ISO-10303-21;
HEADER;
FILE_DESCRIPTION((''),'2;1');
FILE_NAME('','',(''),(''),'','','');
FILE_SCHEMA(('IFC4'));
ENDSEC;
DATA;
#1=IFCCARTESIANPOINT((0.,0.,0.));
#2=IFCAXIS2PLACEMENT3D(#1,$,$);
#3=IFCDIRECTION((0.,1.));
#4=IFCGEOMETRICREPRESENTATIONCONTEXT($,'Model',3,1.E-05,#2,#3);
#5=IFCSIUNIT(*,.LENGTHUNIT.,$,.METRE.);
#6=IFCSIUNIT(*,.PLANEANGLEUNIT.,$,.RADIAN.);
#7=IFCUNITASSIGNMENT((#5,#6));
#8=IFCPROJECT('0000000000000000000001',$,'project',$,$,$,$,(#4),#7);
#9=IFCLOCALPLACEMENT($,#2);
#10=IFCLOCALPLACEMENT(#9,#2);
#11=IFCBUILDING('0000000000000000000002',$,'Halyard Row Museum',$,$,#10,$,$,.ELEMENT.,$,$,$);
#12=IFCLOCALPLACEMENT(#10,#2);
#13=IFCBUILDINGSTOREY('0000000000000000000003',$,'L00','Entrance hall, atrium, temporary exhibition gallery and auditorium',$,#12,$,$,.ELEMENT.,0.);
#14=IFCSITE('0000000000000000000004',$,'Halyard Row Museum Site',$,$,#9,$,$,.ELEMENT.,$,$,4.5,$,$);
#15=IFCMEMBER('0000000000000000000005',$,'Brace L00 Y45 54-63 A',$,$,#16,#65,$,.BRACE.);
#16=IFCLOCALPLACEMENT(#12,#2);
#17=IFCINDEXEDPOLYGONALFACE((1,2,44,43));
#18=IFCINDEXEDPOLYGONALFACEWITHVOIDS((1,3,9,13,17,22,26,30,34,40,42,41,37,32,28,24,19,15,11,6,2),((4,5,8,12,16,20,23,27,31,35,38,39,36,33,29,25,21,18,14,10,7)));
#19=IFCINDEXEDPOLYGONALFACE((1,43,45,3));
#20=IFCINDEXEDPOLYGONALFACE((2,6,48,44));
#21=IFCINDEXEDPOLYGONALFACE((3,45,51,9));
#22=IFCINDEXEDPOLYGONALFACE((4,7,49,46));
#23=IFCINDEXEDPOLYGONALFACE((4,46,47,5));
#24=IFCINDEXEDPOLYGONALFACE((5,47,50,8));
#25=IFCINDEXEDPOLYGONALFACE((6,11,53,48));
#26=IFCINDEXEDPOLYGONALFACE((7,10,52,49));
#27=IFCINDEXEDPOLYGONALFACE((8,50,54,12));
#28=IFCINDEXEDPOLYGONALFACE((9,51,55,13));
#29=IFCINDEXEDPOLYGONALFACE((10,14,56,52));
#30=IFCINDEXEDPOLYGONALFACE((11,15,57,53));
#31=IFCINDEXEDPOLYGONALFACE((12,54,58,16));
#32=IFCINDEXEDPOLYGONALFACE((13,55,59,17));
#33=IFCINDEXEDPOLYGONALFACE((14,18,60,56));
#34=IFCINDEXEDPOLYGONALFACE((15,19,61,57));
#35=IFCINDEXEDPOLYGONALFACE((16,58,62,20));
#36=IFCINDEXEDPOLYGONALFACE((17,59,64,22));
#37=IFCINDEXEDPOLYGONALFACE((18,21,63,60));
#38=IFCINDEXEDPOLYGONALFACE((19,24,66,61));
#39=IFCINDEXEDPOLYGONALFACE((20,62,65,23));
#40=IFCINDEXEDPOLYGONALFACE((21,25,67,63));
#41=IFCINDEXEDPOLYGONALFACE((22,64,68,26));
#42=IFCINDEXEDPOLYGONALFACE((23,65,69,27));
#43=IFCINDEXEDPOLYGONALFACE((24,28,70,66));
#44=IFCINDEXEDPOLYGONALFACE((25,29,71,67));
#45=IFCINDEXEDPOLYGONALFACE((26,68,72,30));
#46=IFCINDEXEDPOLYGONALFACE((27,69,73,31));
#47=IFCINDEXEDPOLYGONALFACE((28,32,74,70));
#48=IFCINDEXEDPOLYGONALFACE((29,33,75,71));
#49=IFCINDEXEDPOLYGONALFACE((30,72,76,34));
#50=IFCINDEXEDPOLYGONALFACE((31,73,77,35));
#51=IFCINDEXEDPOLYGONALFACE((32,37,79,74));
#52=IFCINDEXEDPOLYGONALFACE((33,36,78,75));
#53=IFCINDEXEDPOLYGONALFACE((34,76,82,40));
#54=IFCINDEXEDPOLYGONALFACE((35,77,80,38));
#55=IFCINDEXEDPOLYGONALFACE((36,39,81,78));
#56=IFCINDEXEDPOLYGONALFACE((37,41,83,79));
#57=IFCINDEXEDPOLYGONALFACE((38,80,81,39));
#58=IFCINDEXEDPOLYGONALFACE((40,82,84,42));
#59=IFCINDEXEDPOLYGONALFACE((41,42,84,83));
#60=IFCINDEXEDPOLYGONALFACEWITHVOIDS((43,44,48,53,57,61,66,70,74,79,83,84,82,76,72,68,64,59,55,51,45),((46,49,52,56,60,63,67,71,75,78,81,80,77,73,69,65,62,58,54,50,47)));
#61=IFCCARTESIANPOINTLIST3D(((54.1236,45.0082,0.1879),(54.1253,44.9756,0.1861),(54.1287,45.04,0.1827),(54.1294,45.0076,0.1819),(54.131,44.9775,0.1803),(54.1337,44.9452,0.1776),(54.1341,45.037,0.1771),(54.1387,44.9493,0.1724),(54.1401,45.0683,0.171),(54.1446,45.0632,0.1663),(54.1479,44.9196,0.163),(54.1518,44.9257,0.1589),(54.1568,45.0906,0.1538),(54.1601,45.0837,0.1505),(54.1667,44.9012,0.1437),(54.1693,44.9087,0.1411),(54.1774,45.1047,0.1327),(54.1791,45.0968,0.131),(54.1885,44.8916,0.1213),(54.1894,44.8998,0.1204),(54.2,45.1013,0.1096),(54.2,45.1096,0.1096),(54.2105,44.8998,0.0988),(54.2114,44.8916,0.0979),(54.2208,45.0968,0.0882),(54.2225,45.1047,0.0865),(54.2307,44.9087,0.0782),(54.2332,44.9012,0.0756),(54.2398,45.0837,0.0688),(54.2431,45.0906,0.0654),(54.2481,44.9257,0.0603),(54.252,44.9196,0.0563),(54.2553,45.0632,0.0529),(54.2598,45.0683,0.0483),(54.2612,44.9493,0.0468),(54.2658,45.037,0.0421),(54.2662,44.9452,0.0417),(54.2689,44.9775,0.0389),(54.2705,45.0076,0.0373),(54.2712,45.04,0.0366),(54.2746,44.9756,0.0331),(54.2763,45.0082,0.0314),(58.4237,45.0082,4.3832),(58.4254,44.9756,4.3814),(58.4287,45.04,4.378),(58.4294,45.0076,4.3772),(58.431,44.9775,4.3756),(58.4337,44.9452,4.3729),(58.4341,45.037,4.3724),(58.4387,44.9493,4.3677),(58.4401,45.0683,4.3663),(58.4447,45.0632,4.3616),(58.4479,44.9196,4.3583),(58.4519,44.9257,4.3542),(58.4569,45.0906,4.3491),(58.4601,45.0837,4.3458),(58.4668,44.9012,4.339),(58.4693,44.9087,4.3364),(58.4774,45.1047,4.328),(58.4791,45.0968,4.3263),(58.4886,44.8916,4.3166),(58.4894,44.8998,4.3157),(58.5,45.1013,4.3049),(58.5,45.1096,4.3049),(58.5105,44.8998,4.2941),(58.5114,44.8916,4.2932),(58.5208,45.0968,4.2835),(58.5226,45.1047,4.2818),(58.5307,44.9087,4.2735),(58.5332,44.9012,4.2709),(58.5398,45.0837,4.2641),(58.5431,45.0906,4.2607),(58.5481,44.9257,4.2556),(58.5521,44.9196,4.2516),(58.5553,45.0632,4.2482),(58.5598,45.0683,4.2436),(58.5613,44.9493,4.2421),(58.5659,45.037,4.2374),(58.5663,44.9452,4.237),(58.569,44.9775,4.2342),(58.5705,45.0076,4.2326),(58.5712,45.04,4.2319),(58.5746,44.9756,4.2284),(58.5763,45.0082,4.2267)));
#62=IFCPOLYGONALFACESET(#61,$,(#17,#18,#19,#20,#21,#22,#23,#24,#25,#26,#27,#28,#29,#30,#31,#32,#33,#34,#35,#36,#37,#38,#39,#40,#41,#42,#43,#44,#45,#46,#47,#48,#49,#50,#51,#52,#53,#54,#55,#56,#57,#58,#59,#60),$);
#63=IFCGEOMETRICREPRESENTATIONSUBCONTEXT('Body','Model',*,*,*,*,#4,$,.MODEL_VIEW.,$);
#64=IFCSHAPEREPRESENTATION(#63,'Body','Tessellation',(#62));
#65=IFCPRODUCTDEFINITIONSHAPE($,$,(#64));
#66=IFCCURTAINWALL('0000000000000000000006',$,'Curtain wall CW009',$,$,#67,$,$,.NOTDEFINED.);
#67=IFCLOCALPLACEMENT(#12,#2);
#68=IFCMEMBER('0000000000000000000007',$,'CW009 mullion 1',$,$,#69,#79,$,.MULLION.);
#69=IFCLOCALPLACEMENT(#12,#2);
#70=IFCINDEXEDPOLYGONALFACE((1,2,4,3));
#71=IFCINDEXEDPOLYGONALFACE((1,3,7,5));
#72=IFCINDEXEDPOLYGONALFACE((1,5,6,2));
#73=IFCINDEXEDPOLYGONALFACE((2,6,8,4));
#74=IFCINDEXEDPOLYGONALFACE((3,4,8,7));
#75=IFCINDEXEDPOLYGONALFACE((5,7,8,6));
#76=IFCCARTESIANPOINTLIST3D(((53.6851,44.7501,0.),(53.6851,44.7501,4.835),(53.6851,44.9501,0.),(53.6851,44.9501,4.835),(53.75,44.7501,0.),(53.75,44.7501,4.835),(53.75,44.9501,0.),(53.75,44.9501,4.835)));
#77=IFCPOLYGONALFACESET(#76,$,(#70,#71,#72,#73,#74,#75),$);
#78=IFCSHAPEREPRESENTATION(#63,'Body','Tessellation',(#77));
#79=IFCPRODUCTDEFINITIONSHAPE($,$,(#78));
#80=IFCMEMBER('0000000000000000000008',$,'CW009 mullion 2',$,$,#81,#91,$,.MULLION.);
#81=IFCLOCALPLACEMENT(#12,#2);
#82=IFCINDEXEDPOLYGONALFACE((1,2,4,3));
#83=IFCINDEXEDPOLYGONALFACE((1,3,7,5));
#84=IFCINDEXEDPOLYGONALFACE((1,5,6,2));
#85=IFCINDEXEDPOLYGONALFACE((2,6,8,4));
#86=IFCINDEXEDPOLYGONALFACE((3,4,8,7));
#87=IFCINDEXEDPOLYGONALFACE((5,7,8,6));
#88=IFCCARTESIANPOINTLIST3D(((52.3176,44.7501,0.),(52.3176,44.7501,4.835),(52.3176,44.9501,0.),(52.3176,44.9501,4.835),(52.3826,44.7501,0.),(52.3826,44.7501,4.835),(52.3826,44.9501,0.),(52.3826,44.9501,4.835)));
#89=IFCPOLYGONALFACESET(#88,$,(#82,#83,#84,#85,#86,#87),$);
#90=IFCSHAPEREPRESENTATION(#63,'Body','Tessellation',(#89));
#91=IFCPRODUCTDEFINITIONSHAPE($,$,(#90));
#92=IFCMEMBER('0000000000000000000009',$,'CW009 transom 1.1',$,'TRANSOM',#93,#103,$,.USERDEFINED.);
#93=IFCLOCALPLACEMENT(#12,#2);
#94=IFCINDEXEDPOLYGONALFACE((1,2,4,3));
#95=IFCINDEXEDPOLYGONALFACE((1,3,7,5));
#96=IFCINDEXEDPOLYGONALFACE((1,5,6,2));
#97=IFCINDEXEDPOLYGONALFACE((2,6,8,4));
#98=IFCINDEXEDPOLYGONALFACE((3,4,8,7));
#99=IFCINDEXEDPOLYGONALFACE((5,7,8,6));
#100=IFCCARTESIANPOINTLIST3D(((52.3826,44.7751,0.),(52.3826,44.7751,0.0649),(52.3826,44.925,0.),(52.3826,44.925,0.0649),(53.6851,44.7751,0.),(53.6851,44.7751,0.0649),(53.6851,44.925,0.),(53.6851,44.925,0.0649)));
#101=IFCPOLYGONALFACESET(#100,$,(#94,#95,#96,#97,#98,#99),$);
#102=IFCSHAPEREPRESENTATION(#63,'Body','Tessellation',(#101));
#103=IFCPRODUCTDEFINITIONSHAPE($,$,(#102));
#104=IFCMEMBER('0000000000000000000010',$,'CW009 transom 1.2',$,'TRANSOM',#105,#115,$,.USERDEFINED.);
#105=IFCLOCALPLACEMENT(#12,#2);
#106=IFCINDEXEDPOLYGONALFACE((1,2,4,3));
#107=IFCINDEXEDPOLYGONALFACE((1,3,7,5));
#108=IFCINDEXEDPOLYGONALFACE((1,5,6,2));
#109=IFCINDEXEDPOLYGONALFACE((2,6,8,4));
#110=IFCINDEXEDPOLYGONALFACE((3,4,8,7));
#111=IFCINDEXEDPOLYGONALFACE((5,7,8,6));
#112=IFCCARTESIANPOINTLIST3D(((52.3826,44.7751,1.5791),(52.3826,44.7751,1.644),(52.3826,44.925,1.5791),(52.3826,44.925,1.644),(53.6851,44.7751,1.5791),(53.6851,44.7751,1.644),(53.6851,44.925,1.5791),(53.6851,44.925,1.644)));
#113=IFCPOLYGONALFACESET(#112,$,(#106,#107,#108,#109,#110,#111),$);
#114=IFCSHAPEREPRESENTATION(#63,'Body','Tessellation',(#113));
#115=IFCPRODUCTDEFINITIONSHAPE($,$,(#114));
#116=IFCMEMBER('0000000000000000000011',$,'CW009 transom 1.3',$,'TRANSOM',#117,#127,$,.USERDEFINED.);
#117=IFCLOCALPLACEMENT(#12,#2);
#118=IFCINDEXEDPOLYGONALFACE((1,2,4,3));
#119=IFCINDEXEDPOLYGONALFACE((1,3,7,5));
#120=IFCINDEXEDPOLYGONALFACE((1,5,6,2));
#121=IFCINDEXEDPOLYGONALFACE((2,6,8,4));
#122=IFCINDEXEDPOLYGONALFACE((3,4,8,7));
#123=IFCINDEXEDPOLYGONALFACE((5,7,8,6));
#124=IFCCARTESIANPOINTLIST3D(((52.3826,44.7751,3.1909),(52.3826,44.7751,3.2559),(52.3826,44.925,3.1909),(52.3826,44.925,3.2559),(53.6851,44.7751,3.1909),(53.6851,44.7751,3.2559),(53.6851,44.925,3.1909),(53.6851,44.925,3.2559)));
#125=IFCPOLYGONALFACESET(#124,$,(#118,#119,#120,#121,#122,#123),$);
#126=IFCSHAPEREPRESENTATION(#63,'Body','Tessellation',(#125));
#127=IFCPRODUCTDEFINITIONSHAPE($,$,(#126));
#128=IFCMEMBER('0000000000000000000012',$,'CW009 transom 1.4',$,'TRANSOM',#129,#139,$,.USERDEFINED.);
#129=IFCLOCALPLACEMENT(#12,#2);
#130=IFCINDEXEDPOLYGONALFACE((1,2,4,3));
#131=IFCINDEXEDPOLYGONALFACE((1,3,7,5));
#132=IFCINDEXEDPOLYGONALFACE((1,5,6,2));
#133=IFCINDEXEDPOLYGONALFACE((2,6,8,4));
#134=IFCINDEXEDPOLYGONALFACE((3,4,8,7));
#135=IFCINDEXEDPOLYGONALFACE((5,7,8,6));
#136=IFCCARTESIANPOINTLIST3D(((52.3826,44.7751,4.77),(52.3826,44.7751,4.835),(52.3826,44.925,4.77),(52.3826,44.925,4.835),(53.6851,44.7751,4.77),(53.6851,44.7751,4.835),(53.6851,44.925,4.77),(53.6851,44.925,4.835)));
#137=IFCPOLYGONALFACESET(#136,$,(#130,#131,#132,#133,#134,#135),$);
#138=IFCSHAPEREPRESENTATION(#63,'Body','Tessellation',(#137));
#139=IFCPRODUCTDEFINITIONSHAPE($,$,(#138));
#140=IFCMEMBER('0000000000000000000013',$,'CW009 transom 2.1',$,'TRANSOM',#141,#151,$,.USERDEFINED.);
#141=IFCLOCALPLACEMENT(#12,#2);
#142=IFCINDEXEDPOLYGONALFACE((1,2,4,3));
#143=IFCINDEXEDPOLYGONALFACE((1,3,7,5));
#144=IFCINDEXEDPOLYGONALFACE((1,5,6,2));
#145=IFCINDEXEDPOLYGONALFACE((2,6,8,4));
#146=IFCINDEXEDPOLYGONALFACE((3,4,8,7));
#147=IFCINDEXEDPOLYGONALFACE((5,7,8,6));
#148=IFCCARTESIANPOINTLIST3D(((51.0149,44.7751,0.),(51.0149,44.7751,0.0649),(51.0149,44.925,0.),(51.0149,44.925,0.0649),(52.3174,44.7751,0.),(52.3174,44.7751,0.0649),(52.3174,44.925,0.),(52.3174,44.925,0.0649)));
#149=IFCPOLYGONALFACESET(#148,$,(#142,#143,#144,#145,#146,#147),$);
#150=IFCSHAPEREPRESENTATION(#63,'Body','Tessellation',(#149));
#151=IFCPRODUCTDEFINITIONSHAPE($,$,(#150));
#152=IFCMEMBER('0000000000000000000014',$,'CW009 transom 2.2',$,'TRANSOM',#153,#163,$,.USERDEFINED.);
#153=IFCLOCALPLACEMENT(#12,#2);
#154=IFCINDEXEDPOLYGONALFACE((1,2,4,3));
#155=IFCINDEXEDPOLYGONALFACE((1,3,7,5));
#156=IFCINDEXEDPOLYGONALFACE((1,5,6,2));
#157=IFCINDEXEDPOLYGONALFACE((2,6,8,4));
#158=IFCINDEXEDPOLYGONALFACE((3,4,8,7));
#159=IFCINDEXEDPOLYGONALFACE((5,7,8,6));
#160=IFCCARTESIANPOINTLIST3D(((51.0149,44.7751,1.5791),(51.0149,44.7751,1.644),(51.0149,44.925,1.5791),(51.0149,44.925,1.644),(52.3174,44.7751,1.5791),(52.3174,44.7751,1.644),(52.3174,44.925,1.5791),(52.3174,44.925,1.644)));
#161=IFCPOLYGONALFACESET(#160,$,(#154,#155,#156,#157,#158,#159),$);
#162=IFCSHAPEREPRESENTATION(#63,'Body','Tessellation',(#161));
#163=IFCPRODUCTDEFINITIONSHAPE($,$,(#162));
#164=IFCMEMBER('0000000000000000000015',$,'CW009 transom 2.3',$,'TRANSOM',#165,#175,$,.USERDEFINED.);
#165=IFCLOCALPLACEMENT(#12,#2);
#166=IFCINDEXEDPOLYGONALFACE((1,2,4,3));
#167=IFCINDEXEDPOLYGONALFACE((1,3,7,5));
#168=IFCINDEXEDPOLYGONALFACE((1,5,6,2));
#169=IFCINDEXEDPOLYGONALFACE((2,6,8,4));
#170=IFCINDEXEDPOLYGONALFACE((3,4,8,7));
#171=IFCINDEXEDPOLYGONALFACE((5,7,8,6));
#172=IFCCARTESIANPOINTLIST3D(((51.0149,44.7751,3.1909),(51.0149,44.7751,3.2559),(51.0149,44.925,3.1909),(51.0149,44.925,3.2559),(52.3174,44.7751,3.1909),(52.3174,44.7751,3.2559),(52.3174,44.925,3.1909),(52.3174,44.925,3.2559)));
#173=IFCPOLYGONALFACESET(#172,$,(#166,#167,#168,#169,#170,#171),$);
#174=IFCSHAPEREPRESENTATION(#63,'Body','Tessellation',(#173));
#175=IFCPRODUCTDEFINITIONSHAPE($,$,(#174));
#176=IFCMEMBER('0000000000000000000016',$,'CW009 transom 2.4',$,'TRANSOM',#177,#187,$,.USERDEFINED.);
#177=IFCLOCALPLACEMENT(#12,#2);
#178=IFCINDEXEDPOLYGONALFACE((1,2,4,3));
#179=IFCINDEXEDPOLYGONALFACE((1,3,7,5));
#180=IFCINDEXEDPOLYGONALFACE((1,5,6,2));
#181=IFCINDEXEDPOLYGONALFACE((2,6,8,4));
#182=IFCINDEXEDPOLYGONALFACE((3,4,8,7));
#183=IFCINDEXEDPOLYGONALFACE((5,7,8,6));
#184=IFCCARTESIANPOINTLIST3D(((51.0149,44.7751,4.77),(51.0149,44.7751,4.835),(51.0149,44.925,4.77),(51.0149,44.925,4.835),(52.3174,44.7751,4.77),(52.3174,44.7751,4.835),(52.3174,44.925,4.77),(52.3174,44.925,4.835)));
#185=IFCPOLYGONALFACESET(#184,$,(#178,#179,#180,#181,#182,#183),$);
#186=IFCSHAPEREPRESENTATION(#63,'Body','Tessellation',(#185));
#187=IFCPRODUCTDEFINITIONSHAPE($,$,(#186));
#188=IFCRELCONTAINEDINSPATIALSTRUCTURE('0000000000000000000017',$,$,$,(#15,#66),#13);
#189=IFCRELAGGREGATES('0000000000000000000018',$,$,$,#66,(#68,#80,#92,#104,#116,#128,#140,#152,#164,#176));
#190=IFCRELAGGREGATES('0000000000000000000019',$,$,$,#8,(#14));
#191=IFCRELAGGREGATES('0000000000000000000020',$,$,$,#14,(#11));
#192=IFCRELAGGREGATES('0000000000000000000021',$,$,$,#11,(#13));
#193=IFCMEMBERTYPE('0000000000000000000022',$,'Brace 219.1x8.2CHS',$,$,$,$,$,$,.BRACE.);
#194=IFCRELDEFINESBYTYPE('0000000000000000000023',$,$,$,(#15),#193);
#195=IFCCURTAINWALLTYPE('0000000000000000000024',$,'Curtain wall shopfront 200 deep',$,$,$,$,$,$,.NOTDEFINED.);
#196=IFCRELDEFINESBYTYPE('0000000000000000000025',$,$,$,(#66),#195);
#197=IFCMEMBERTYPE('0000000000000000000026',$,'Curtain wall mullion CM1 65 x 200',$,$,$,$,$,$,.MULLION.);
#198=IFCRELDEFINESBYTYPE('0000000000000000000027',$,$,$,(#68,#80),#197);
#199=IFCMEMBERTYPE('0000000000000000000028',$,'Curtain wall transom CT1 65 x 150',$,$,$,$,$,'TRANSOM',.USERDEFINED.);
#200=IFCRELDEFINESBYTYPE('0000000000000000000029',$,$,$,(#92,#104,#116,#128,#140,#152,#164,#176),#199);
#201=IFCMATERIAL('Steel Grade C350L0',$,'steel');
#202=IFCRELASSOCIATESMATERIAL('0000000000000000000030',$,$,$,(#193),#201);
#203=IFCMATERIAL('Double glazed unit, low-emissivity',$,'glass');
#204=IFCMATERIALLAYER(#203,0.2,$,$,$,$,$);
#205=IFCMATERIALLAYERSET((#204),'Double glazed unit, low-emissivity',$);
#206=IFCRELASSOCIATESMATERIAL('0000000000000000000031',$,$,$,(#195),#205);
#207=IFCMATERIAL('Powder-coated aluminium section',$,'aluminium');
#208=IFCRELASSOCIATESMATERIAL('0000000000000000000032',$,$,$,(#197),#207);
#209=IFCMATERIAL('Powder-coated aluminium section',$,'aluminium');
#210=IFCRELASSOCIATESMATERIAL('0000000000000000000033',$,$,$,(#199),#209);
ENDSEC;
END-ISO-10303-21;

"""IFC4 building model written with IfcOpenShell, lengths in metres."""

from ifc_helpers import new_model, si_unit, direction, frame, origin, origin_2d, place, context, subcontext, project, spatial, rectangle, hollow_circle, extrude, material, layer, layer_set, material_profile, profile_set, type_object, element, aggregate, save


model = new_model("IFC4")

# Units and contexts
model_context = context("Model", 3, precision=1e-05, world=origin(), true_north=direction((0.0, 1.0)))
body_context = subcontext(model_context, "Body", "Model", "MODEL_VIEW")
ifc_project = project(units=[si_unit("LENGTHUNIT", "METRE"), si_unit("PLANEANGLEUNIT", "RADIAN")], contexts=[model_context])

# Site, building, storey
site_placement = place(None, origin())
site = spatial("IfcSite", under=ifc_project, at=site_placement, Name="Halyard Row Museum Site", CompositionType="ELEMENT", RefElevation=4.5)
building_placement = place(site_placement, origin())
building = spatial("IfcBuilding", under=site, at=building_placement, Name="Halyard Row Museum", CompositionType="ELEMENT")
storey_placement = place(building_placement, origin())
storey = spatial("IfcBuildingStorey", under=building, at=storey_placement, Name="L00", Description="Entrance hall, atrium, temporary exhibition gallery and auditorium", CompositionType="ELEMENT", Elevation=0.0)

# Member
ifc_material_1 = material(Name="Steel Grade C350L0", Category="steel")
ifc_material_profile_1 = material_profile(ifc_material_1, hollow_circle(Radius=0.1096, WallThickness=0.0083, at=origin_2d()), Name="219.1x8.2CHS")
ifc_profile_set_1 = profile_set([ifc_material_profile_1], Name="Steel Grade C350L0")
member_type_1 = type_object("IfcMemberType", Name="Brace 219.1x8.2CHS", PredefinedType="BRACE", material=ifc_profile_set_1)
member_1_placement = place(storey_placement, frame((54.2, 45.0, 0.1096), z_axis=(0.71577, 0.0, 0.698336), x_axis=(0.0, 1.0, 0.0)))
element("IfcMember", 1, at=member_1_placement, inside=storey, type_object=member_type_1, Name="Brace L00 Y45 54-63 A", PredefinedType="BRACE", context=body_context, shape_type="SweptSolid", body=[
    extrude(hollow_circle(Radius=0.1096, WallThickness=0.0083, at=origin_2d()), origin(), (0.0, 0.0, 1.0), 6.0076),
])

# Curtain wall, members
ifc_material_2 = material(Name="Double glazed unit, low-emissivity", Category="glass")
ifc_layer_1 = layer(ifc_material_2, 0.2)
ifc_layer_set_1 = layer_set([ifc_layer_1], Name="Double glazed unit, low-emissivity")
curtain_wall_type = type_object("IfcCurtainWallType", Name="Curtain wall shopfront 200 deep", PredefinedType="NOTDEFINED", material=ifc_layer_set_1)
curtain_wall_placement = place(storey_placement, origin())
curtain_wall = element("IfcCurtainWall", 2, at=curtain_wall_placement, inside=storey, type_object=curtain_wall_type, Name="Curtain wall CW009", PredefinedType="NOTDEFINED")
ifc_material_3 = material(Name="Powder-coated aluminium section", Category="aluminium")
ifc_material_profile_2 = material_profile(ifc_material_3, rectangle(XDim=0.2, YDim=0.0649, at=origin_2d()), Name="200x65 mullion")
ifc_profile_set_2 = profile_set([ifc_material_profile_2], Name="Powder-coated aluminium section")
member_type_2 = type_object("IfcMemberType", Name="Curtain wall mullion CM1 65 x 200", PredefinedType="MULLION", material=ifc_profile_set_2)
member_2_placement = place(storey_placement, frame((53.7175, 44.8501, 0.0), z_axis=(0.0, 0.0, 1.0), x_axis=(0.0, -1.0, 0.0)))
member_2 = element("IfcMember", 3, at=member_2_placement, type_object=member_type_2, Name="CW009 mullion 1", PredefinedType="MULLION", context=body_context, shape_type="SweptSolid", body=[
    extrude(rectangle(XDim=0.2, YDim=0.0649, at=origin_2d()), origin(), (0.0, 0.0, 1.0), 4.835),
])
member_3_placement = place(storey_placement, frame((52.3501, 44.8501, 0.0), z_axis=(0.0, 0.0, 1.0), x_axis=(0.0, -1.0, 0.0)))
member_3 = element("IfcMember", 4, at=member_3_placement, type_object=member_type_2, Name="CW009 mullion 2", PredefinedType="MULLION", context=body_context, shape_type="SweptSolid", body=[
    extrude(rectangle(XDim=0.2, YDim=0.0649, at=origin_2d()), origin(), (0.0, 0.0, 1.0), 4.835),
])
ifc_material_4 = material(Name="Powder-coated aluminium section", Category="aluminium")
ifc_material_profile_3 = material_profile(ifc_material_4, rectangle(XDim=0.1499, YDim=0.0649, at=origin_2d()), Name="150x65 transom")
ifc_profile_set_3 = profile_set([ifc_material_profile_3], Name="Powder-coated aluminium section")
member_type_3 = type_object("IfcMemberType", Name="Curtain wall transom CT1 65 x 150", ElementType="TRANSOM", PredefinedType="USERDEFINED", material=ifc_profile_set_3)
member_4_placement = place(storey_placement, frame((53.6851, 44.8501, 0.0325), z_axis=(-1.0, 0.0, 0.0), x_axis=(0.0, -1.0, 0.0)))
member_4 = element("IfcMember", 5, at=member_4_placement, type_object=member_type_3, Name="CW009 transom 1.1", ObjectType="TRANSOM", PredefinedType="USERDEFINED", context=body_context, shape_type="SweptSolid", body=[
    extrude(rectangle(XDim=0.1499, YDim=0.0649, at=origin_2d()), origin(), (0.0, 0.0, 1.0), 1.3025),
])
member_5_placement = place(storey_placement, frame((53.6851, 44.8501, 1.6116), z_axis=(-1.0, 0.0, 0.0), x_axis=(0.0, -1.0, 0.0)))
member_5 = element("IfcMember", 6, at=member_5_placement, type_object=member_type_3, Name="CW009 transom 1.2", ObjectType="TRANSOM", PredefinedType="USERDEFINED", context=body_context, shape_type="SweptSolid", body=[
    extrude(rectangle(XDim=0.1499, YDim=0.0649, at=origin_2d()), origin(), (0.0, 0.0, 1.0), 1.3025),
])
member_6_placement = place(storey_placement, frame((53.6851, 44.8501, 3.2234), z_axis=(-1.0, 0.0, 0.0), x_axis=(0.0, -1.0, 0.0)))
member_6 = element("IfcMember", 7, at=member_6_placement, type_object=member_type_3, Name="CW009 transom 1.3", ObjectType="TRANSOM", PredefinedType="USERDEFINED", context=body_context, shape_type="SweptSolid", body=[
    extrude(rectangle(XDim=0.1499, YDim=0.0649, at=origin_2d()), origin(), (0.0, 0.0, 1.0), 1.3025),
])
member_7_placement = place(storey_placement, frame((53.6851, 44.8501, 4.8025), z_axis=(-1.0, 0.0, 0.0), x_axis=(0.0, -1.0, 0.0)))
member_7 = element("IfcMember", 8, at=member_7_placement, type_object=member_type_3, Name="CW009 transom 1.4", ObjectType="TRANSOM", PredefinedType="USERDEFINED", context=body_context, shape_type="SweptSolid", body=[
    extrude(rectangle(XDim=0.1499, YDim=0.0649, at=origin_2d()), origin(), (0.0, 0.0, 1.0), 1.3025),
])
member_8_placement = place(storey_placement, frame((52.3174, 44.8501, 0.0325), z_axis=(-1.0, 0.0, 0.0), x_axis=(0.0, -1.0, 0.0)))
member_8 = element("IfcMember", 9, at=member_8_placement, type_object=member_type_3, Name="CW009 transom 2.1", ObjectType="TRANSOM", PredefinedType="USERDEFINED", context=body_context, shape_type="SweptSolid", body=[
    extrude(rectangle(XDim=0.1499, YDim=0.0649, at=origin_2d()), origin(), (0.0, 0.0, 1.0), 1.3025),
])
member_9_placement = place(storey_placement, frame((52.3174, 44.8501, 1.6116), z_axis=(-1.0, 0.0, 0.0), x_axis=(0.0, -1.0, 0.0)))
member_9 = element("IfcMember", 10, at=member_9_placement, type_object=member_type_3, Name="CW009 transom 2.2", ObjectType="TRANSOM", PredefinedType="USERDEFINED", context=body_context, shape_type="SweptSolid", body=[
    extrude(rectangle(XDim=0.1499, YDim=0.0649, at=origin_2d()), origin(), (0.0, 0.0, 1.0), 1.3025),
])
member_10_placement = place(storey_placement, frame((52.3174, 44.8501, 3.2234), z_axis=(-1.0, 0.0, 0.0), x_axis=(0.0, -1.0, 0.0)))
member_10 = element("IfcMember", 11, at=member_10_placement, type_object=member_type_3, Name="CW009 transom 2.3", ObjectType="TRANSOM", PredefinedType="USERDEFINED", context=body_context, shape_type="SweptSolid", body=[
    extrude(rectangle(XDim=0.1499, YDim=0.0649, at=origin_2d()), origin(), (0.0, 0.0, 1.0), 1.3025),
])
member_11_placement = place(storey_placement, frame((52.3174, 44.8501, 4.8025), z_axis=(-1.0, 0.0, 0.0), x_axis=(0.0, -1.0, 0.0)))
member_11 = element("IfcMember", 12, at=member_11_placement, type_object=member_type_3, Name="CW009 transom 2.4", ObjectType="TRANSOM", PredefinedType="USERDEFINED", context=body_context, shape_type="SweptSolid", body=[
    extrude(rectangle(XDim=0.1499, YDim=0.0649, at=origin_2d()), origin(), (0.0, 0.0, 1.0), 1.3025),
])
aggregate(curtain_wall, [member_2, member_3, member_4, member_5, member_6, member_7, member_8, member_9, member_10, member_11])

save(model, "model.ifc")
